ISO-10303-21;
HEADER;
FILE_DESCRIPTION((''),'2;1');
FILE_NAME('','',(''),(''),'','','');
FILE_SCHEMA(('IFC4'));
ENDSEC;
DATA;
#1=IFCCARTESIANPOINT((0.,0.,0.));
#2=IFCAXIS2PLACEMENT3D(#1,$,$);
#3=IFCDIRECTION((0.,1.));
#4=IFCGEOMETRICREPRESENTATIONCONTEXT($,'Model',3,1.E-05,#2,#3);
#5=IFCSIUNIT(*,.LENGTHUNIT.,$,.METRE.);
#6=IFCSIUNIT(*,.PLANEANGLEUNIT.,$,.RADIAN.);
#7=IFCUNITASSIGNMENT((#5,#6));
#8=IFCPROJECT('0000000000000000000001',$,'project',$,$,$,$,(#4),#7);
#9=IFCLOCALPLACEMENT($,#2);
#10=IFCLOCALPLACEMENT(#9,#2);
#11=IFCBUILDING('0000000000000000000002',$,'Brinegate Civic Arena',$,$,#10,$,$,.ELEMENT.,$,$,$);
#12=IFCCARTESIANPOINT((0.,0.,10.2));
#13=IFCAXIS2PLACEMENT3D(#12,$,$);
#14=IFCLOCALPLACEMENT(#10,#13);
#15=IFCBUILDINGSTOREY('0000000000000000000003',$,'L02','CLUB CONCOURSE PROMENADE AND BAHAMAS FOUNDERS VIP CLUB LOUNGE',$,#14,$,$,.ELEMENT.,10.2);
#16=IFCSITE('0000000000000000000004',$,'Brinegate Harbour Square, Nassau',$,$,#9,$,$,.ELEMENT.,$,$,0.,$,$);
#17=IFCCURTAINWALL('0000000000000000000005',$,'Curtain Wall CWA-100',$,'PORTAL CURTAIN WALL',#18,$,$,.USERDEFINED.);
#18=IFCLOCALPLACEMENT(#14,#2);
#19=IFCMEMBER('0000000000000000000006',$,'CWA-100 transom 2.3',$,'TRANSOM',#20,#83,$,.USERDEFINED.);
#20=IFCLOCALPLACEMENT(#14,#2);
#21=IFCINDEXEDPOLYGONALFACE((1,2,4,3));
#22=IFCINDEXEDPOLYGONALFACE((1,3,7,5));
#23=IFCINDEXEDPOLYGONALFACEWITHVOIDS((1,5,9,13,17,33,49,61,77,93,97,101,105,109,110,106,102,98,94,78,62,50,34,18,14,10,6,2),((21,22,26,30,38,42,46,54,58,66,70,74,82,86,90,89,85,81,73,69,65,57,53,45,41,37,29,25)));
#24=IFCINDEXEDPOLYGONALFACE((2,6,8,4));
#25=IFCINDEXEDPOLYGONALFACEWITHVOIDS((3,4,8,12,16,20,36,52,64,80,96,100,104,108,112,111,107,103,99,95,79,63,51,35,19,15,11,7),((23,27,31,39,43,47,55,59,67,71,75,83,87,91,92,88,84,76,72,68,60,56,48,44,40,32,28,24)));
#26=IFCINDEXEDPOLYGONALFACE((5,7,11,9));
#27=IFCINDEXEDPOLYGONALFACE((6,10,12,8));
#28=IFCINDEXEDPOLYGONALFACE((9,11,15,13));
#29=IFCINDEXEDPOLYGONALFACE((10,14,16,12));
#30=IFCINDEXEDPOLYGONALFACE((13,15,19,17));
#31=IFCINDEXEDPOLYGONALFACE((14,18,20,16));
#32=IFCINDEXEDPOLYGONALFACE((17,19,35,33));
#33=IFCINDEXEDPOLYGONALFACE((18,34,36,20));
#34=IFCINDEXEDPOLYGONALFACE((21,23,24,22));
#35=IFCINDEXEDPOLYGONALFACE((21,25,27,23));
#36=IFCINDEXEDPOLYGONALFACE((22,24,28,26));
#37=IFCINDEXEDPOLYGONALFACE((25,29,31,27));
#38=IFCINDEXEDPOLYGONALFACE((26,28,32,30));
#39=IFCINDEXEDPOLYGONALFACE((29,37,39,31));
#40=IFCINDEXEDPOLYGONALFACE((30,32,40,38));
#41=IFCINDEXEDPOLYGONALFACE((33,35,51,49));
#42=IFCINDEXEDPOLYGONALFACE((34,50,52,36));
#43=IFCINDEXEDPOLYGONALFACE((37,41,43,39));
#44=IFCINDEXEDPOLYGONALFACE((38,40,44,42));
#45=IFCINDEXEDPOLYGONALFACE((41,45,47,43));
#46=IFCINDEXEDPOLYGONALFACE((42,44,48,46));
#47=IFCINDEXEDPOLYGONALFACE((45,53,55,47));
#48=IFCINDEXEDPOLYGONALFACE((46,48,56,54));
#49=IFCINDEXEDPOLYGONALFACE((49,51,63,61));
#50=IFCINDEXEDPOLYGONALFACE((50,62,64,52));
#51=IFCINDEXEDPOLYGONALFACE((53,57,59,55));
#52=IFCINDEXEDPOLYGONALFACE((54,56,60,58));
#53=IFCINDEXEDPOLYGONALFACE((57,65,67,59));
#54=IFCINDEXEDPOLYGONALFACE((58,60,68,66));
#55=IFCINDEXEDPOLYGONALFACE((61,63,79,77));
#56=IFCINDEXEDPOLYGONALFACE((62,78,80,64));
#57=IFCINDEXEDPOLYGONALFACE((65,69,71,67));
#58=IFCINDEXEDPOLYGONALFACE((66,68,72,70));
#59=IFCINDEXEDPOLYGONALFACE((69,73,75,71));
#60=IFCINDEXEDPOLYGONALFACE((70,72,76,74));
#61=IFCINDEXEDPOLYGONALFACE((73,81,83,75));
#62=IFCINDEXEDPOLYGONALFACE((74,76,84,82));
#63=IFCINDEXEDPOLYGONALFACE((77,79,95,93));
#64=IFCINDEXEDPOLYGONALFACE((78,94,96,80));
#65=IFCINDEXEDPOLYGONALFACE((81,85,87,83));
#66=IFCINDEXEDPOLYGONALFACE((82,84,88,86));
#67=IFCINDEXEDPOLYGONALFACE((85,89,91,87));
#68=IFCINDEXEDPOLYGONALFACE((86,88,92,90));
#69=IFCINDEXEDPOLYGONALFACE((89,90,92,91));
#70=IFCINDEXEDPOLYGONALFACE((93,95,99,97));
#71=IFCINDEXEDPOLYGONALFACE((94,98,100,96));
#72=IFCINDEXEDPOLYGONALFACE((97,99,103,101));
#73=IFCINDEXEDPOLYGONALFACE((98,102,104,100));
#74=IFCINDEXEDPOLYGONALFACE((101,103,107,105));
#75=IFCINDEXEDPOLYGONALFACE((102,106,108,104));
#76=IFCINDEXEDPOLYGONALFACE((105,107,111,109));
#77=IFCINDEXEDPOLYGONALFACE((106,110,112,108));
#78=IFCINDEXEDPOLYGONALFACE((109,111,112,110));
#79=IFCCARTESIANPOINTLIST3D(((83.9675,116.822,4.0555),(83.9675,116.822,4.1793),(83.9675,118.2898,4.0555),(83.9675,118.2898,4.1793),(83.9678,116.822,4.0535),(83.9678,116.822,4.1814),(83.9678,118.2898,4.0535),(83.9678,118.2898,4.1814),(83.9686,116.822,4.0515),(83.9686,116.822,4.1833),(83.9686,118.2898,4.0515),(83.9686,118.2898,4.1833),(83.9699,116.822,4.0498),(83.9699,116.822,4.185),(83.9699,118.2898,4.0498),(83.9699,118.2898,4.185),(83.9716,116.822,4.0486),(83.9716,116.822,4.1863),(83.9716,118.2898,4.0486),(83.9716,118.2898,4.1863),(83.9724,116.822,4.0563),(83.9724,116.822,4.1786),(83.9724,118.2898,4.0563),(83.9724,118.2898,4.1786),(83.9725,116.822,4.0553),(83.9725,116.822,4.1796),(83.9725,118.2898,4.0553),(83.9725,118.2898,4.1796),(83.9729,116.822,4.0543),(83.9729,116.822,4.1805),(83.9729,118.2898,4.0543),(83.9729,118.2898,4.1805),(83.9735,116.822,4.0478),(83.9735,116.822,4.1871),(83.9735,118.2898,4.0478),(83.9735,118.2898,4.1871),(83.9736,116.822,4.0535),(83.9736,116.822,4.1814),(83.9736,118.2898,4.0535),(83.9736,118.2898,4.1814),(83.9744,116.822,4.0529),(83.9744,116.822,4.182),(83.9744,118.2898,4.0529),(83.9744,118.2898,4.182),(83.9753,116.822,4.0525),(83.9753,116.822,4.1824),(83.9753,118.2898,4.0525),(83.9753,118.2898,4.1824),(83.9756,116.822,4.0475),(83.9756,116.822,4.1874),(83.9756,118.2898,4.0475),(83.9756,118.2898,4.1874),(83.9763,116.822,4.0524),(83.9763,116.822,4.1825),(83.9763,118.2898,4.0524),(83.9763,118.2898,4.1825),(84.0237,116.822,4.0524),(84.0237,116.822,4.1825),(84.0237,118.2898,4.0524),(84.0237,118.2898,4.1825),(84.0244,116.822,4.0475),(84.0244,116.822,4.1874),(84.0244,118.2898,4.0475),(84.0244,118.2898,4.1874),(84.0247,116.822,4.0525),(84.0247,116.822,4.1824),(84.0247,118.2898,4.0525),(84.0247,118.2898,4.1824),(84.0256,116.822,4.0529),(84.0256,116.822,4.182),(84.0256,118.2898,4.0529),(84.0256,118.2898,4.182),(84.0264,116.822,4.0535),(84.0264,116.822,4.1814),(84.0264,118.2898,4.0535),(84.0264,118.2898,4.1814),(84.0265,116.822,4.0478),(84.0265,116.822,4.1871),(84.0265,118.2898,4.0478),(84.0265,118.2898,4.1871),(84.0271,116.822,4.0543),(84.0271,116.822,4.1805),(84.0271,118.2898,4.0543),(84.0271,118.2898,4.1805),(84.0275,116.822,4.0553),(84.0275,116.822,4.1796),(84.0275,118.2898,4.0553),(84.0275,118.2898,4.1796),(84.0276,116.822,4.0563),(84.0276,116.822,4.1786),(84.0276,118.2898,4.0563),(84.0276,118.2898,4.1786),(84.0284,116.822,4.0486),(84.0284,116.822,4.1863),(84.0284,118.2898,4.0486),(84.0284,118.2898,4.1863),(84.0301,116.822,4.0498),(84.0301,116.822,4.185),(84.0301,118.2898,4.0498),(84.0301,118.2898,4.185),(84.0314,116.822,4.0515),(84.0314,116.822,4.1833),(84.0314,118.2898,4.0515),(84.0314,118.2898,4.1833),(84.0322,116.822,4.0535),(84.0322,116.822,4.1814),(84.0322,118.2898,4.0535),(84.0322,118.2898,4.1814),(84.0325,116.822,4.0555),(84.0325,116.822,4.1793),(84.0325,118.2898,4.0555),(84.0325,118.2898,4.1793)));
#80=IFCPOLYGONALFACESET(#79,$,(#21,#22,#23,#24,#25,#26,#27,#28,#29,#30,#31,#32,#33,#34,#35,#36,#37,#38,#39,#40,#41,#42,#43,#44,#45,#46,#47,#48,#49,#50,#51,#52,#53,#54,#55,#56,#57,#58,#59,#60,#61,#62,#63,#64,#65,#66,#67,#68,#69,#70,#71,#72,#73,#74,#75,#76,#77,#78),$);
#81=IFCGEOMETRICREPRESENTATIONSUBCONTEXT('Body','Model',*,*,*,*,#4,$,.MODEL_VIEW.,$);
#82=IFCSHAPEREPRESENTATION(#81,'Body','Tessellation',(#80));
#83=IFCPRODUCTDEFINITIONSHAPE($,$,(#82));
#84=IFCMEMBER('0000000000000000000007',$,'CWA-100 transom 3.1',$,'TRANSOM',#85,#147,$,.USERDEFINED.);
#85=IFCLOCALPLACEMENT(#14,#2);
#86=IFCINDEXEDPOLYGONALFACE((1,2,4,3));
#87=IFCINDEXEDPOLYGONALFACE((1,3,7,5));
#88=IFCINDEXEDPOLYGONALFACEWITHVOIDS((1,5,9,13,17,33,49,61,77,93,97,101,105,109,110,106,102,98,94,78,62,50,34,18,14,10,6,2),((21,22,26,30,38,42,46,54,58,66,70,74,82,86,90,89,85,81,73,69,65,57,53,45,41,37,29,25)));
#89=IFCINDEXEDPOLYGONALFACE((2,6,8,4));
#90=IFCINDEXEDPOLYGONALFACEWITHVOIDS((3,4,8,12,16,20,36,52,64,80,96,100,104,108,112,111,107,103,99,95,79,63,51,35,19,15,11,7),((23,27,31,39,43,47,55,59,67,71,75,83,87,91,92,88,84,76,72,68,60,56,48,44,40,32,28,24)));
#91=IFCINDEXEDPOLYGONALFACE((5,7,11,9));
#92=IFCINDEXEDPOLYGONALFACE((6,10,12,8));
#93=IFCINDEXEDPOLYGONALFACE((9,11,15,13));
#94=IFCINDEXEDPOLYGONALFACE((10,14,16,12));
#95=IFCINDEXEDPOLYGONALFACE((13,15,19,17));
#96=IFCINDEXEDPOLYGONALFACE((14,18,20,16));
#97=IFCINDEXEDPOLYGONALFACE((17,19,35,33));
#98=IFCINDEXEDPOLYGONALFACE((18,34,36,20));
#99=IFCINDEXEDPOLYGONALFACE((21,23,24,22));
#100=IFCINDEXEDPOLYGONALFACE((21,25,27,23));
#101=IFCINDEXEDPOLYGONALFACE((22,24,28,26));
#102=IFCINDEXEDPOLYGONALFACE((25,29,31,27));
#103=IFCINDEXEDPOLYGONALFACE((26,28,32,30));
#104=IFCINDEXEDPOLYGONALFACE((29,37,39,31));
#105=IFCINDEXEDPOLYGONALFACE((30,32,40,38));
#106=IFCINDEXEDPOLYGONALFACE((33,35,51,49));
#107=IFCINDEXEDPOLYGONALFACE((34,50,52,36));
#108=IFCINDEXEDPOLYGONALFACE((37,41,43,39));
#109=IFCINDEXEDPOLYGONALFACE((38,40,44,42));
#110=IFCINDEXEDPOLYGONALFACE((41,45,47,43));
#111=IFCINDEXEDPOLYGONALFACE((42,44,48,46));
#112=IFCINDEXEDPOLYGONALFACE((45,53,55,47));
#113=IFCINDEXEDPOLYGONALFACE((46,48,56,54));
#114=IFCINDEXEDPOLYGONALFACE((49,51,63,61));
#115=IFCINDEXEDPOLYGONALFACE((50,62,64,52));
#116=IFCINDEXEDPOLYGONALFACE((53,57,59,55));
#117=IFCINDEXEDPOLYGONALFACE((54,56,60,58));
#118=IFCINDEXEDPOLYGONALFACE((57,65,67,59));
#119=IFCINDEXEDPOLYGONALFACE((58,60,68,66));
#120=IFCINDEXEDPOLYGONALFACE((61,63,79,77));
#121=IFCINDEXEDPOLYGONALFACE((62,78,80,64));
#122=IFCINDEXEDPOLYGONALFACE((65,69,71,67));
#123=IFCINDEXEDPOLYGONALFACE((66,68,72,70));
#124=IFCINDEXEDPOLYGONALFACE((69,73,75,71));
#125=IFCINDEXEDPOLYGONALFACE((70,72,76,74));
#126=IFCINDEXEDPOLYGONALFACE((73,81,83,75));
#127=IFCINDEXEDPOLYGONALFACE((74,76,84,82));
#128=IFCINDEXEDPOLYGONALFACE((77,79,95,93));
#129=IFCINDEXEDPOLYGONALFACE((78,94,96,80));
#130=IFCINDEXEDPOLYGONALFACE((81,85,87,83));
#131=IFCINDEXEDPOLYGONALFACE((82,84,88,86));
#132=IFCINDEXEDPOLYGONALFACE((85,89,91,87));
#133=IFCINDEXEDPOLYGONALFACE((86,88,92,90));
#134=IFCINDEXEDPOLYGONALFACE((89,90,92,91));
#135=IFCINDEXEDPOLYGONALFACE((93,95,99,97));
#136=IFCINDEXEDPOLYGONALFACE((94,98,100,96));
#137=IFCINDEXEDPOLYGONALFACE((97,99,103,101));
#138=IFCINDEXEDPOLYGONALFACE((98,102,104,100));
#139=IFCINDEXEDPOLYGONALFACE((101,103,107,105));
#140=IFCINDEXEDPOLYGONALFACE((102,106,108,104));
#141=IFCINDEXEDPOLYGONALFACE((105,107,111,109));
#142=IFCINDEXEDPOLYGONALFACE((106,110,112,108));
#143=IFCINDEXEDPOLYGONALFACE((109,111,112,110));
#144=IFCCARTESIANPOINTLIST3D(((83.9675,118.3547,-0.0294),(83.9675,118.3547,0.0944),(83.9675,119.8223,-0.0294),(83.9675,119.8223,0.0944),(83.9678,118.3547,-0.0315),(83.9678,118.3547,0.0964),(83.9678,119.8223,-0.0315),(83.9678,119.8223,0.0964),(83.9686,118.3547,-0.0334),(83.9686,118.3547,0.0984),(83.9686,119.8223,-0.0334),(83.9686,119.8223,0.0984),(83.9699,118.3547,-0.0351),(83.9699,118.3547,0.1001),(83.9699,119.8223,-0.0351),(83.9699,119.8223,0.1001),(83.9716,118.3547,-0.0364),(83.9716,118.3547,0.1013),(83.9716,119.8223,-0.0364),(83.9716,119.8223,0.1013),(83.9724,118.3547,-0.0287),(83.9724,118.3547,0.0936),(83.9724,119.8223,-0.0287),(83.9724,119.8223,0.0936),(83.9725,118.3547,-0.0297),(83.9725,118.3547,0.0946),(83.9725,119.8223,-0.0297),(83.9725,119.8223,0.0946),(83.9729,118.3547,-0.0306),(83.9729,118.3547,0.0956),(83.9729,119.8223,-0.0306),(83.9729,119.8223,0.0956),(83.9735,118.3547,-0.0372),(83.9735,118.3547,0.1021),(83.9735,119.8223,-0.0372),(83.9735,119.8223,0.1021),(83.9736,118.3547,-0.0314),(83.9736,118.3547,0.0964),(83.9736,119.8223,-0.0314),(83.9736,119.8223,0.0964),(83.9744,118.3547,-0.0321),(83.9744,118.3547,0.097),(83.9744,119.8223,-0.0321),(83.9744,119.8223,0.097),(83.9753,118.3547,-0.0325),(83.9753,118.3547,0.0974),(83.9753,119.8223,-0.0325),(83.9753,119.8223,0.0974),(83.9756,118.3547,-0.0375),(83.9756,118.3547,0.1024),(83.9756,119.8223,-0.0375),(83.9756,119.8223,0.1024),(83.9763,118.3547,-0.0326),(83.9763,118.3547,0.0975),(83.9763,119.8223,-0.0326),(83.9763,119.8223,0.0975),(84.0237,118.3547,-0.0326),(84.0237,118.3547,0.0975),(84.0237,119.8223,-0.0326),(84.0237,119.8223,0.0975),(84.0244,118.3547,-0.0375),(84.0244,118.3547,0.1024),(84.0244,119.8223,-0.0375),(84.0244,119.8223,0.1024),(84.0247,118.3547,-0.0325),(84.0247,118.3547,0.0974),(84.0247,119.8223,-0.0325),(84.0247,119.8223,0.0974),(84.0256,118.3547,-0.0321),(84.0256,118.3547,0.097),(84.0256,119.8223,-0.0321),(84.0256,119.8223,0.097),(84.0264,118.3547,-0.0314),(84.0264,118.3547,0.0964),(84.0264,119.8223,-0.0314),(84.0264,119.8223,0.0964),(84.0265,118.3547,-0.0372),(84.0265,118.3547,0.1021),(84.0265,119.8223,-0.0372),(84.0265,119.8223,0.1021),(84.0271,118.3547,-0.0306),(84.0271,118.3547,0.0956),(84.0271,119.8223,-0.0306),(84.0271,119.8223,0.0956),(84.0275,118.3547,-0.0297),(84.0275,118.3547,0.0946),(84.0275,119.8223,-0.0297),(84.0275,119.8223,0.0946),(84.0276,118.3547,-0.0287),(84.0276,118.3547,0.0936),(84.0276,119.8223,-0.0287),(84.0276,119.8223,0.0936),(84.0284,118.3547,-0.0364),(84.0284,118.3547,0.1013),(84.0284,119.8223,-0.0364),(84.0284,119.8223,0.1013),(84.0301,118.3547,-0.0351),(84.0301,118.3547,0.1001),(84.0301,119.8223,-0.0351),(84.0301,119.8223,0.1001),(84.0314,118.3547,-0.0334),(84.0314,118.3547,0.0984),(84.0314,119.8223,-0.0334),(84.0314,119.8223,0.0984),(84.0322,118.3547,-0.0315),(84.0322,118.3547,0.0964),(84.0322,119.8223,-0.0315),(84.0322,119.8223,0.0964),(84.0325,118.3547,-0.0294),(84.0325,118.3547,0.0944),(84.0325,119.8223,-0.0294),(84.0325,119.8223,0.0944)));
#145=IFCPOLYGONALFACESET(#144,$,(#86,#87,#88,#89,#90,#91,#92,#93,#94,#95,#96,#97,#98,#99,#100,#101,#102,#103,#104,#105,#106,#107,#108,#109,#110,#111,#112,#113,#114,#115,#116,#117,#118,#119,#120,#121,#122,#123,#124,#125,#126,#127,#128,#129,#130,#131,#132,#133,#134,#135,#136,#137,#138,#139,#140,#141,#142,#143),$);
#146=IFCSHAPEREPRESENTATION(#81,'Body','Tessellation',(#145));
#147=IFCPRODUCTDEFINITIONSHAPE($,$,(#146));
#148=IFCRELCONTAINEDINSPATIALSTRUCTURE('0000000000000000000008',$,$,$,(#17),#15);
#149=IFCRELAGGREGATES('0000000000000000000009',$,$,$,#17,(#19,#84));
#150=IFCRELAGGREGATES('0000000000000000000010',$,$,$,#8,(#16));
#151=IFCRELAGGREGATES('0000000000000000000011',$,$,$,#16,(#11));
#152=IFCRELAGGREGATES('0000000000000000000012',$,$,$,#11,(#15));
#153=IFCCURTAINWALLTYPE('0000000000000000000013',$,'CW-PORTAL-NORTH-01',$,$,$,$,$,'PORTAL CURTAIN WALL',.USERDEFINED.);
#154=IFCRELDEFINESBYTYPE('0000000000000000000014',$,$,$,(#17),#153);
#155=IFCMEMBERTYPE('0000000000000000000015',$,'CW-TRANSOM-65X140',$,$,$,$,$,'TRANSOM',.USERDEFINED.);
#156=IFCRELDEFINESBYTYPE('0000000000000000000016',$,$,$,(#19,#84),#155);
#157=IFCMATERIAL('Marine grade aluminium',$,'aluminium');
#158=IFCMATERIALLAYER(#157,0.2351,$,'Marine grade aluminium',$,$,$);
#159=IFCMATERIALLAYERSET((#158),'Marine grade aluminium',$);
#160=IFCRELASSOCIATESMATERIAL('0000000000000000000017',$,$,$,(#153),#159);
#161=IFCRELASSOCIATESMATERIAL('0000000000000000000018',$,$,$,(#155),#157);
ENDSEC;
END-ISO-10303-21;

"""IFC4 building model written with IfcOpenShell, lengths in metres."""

from ifc_helpers import new_model, si_unit, direction, frame, origin, origin_2d, place, context, subcontext, project, spatial, hollow_rectangle, extrude, material, layer, layer_set, material_profile, profile_set, type_object, element, aggregate, save


model = new_model("IFC4")

# Units and contexts
model_context = context("Model", 3, precision=1e-05, world=origin(), true_north=direction((0.0, 1.0)))
body_context = subcontext(model_context, "Body", "Model", "MODEL_VIEW")
ifc_project = project(units=[si_unit("LENGTHUNIT", "METRE"), si_unit("PLANEANGLEUNIT", "RADIAN")], contexts=[model_context])

# Site, building, storey
site_placement = place(None, origin())
site = spatial("IfcSite", under=ifc_project, at=site_placement, Name="Brinegate Harbour Square, Nassau", CompositionType="ELEMENT", RefElevation=0.0)
building_placement = place(site_placement, origin())
building = spatial("IfcBuilding", under=site, at=building_placement, Name="Brinegate Civic Arena", CompositionType="ELEMENT")
storey_placement = place(building_placement, frame((0.0, 0.0, 10.2)))
storey = spatial("IfcBuildingStorey", under=building, at=storey_placement, Name="L02", Description="CLUB CONCOURSE PROMENADE AND BAHAMAS FOUNDERS VIP CLUB LOUNGE", CompositionType="ELEMENT", Elevation=10.2)

# Curtain wall, members
ifc_material_1 = material(Name="Marine grade aluminium", Category="aluminium")
ifc_layer_1 = layer(ifc_material_1, 0.2351, Name="Marine grade aluminium")
ifc_layer_set_1 = layer_set([ifc_layer_1], Name="Marine grade aluminium")
curtain_wall_type = type_object("IfcCurtainWallType", Name="CW-PORTAL-NORTH-01", ElementType="PORTAL CURTAIN WALL", PredefinedType="USERDEFINED", material=ifc_layer_set_1)
curtain_wall_placement = place(storey_placement, origin())
curtain_wall = element("IfcCurtainWall", 1, at=curtain_wall_placement, inside=storey, type_object=curtain_wall_type, Name="Curtain Wall CWA-100", ObjectType="PORTAL CURTAIN WALL", PredefinedType="USERDEFINED")
ifc_material_profile_1 = material_profile(ifc_material_1, hollow_rectangle(XDim=0.0649, YDim=0.1399, WallThickness=0.0049, InnerFilletRadius=0.0039, OuterFilletRadius=0.0081, at=origin_2d()), Name="TRN65X140")
ifc_profile_set_1 = profile_set([ifc_material_profile_1], Name="Marine grade aluminium")
member_type_1 = type_object("IfcMemberType", Name="CW-TRANSOM-65X140", ElementType="TRANSOM", PredefinedType="USERDEFINED", material=ifc_profile_set_1)
member_1_placement = place(storey_placement, frame((84.0, 116.822, 4.1174), z_axis=(0.0, 1.0, 0.0), x_axis=(-1.0, 0.0, 0.0)))
member_1 = element("IfcMember", 2, at=member_1_placement, type_object=member_type_1, Name="CWA-100 transom 2.3", ObjectType="TRANSOM", PredefinedType="USERDEFINED", context=body_context, shape_type="SweptSolid", body=[
    extrude(hollow_rectangle(XDim=0.0649, YDim=0.1399, WallThickness=0.0049, InnerFilletRadius=0.0039, OuterFilletRadius=0.0081, at=origin_2d()), origin(), (0.0, 0.0, 1.0), 1.4678),
])
member_2_placement = place(storey_placement, frame((84.0, 118.3547, 0.0325), z_axis=(0.0, 1.0, 0.0), x_axis=(-1.0, 0.0, 0.0)))
member_2 = element("IfcMember", 3, at=member_2_placement, type_object=member_type_1, Name="CWA-100 transom 3.1", ObjectType="TRANSOM", PredefinedType="USERDEFINED", context=body_context, shape_type="SweptSolid", body=[
    extrude(hollow_rectangle(XDim=0.0649, YDim=0.1399, WallThickness=0.0049, InnerFilletRadius=0.0039, OuterFilletRadius=0.0081, at=origin_2d()), origin(), (0.0, 0.0, 1.0), 1.4675),
])
aggregate(curtain_wall, [member_1, member_2])

save(model, "model.ifc")
